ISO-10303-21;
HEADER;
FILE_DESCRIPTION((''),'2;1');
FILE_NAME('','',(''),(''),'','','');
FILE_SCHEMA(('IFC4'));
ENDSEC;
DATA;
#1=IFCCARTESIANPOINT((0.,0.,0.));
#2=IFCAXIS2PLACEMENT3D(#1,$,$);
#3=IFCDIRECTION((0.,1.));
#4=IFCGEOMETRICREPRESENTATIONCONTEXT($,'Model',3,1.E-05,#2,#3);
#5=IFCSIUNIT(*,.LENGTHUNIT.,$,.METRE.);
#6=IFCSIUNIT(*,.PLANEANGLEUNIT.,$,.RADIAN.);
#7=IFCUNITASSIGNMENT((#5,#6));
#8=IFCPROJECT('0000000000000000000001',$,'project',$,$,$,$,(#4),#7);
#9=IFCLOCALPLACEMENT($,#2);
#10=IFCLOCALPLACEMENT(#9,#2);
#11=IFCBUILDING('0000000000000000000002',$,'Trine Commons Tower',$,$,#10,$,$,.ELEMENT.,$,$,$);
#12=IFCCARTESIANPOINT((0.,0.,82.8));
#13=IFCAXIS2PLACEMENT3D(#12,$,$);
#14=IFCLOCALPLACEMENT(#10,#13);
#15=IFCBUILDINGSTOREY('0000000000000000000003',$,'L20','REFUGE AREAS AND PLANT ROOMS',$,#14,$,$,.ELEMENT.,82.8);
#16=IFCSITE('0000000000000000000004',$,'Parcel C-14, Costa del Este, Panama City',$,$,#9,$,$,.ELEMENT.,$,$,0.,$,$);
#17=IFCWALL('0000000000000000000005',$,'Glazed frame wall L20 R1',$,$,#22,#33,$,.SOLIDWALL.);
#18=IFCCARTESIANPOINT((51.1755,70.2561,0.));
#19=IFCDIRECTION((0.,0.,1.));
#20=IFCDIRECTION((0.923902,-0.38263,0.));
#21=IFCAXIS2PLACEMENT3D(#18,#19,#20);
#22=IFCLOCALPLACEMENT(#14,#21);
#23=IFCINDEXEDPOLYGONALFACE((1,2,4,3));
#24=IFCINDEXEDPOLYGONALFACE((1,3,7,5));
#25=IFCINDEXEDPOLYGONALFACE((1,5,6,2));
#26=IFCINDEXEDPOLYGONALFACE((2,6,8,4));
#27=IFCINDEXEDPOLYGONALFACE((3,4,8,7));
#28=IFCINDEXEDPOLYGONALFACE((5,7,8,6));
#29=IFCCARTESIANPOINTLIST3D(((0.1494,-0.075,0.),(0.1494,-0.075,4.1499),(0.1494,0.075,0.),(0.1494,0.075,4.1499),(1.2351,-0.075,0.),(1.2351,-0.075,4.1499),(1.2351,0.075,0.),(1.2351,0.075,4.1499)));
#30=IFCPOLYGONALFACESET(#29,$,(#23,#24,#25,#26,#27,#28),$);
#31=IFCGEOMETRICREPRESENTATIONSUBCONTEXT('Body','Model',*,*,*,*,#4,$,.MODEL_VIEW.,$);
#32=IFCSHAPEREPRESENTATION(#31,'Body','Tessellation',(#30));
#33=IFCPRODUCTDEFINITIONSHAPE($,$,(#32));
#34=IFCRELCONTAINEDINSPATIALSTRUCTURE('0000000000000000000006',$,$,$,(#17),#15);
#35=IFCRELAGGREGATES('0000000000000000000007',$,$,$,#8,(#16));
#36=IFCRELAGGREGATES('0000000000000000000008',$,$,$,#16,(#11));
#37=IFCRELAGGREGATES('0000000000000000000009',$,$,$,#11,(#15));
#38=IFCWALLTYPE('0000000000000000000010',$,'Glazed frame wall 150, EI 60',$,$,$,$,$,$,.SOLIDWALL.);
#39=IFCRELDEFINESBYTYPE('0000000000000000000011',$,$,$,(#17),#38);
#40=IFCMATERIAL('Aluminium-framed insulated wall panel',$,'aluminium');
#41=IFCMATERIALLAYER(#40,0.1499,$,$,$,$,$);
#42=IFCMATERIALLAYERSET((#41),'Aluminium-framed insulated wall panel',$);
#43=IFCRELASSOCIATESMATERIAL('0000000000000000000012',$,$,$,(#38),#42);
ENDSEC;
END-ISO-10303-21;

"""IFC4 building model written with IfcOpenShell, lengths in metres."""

from ifc_helpers import new_model, si_unit, direction, frame, origin, place, context, subcontext, project, spatial, polyline, outline, extrude, material, layer, layer_set, type_object, element, save


model = new_model("IFC4")

# Units and contexts
model_context = context("Model", 3, precision=1e-05, world=origin(), true_north=direction((0.0, 1.0)))
body_context = subcontext(model_context, "Body", "Model", "MODEL_VIEW")
ifc_project = project(units=[si_unit("LENGTHUNIT", "METRE"), si_unit("PLANEANGLEUNIT", "RADIAN")], contexts=[model_context])

# Site, building, storey
site_placement = place(None, origin())
site = spatial("IfcSite", under=ifc_project, at=site_placement, Name="Parcel C-14, Costa del Este, Panama City", CompositionType="ELEMENT", RefElevation=0.0)
building_placement = place(site_placement, origin())
building = spatial("IfcBuilding", under=site, at=building_placement, Name="Trine Commons Tower", CompositionType="ELEMENT")
storey_placement = place(building_placement, frame((0.0, 0.0, 82.8)))
storey = spatial("IfcBuildingStorey", under=building, at=storey_placement, Name="L20", Description="REFUGE AREAS AND PLANT ROOMS", CompositionType="ELEMENT", Elevation=82.8)

# Wall
ifc_material_1 = material(Name="Aluminium-framed insulated wall panel", Category="aluminium")
ifc_layer_1 = layer(ifc_material_1, 0.1499)
ifc_layer_set_1 = layer_set([ifc_layer_1], Name="Aluminium-framed insulated wall panel")
wall_type = type_object("IfcWallType", Name="Glazed frame wall 150, EI 60", PredefinedType="SOLIDWALL", material=ifc_layer_set_1)
wall_placement = place(storey_placement, frame((51.1755, 70.2561, 0.0), z_axis=(0.0, 0.0, 1.0), x_axis=(0.923902, -0.38263, 0.0)))
element("IfcWall", 1, at=wall_placement, inside=storey, type_object=wall_type, Name="Glazed frame wall L20 R1", PredefinedType="SOLIDWALL", context=body_context, shape_type="SweptSolid", body=[
    extrude(outline(polyline([(0.1494, 0.075), (0.1494, -0.075), (1.2351, -0.075), (1.2351, 0.075), (0.1494, 0.075)])), origin(), (0.0, 0.0, 1.0), 4.1499),
])

save(model, "model.ifc")
